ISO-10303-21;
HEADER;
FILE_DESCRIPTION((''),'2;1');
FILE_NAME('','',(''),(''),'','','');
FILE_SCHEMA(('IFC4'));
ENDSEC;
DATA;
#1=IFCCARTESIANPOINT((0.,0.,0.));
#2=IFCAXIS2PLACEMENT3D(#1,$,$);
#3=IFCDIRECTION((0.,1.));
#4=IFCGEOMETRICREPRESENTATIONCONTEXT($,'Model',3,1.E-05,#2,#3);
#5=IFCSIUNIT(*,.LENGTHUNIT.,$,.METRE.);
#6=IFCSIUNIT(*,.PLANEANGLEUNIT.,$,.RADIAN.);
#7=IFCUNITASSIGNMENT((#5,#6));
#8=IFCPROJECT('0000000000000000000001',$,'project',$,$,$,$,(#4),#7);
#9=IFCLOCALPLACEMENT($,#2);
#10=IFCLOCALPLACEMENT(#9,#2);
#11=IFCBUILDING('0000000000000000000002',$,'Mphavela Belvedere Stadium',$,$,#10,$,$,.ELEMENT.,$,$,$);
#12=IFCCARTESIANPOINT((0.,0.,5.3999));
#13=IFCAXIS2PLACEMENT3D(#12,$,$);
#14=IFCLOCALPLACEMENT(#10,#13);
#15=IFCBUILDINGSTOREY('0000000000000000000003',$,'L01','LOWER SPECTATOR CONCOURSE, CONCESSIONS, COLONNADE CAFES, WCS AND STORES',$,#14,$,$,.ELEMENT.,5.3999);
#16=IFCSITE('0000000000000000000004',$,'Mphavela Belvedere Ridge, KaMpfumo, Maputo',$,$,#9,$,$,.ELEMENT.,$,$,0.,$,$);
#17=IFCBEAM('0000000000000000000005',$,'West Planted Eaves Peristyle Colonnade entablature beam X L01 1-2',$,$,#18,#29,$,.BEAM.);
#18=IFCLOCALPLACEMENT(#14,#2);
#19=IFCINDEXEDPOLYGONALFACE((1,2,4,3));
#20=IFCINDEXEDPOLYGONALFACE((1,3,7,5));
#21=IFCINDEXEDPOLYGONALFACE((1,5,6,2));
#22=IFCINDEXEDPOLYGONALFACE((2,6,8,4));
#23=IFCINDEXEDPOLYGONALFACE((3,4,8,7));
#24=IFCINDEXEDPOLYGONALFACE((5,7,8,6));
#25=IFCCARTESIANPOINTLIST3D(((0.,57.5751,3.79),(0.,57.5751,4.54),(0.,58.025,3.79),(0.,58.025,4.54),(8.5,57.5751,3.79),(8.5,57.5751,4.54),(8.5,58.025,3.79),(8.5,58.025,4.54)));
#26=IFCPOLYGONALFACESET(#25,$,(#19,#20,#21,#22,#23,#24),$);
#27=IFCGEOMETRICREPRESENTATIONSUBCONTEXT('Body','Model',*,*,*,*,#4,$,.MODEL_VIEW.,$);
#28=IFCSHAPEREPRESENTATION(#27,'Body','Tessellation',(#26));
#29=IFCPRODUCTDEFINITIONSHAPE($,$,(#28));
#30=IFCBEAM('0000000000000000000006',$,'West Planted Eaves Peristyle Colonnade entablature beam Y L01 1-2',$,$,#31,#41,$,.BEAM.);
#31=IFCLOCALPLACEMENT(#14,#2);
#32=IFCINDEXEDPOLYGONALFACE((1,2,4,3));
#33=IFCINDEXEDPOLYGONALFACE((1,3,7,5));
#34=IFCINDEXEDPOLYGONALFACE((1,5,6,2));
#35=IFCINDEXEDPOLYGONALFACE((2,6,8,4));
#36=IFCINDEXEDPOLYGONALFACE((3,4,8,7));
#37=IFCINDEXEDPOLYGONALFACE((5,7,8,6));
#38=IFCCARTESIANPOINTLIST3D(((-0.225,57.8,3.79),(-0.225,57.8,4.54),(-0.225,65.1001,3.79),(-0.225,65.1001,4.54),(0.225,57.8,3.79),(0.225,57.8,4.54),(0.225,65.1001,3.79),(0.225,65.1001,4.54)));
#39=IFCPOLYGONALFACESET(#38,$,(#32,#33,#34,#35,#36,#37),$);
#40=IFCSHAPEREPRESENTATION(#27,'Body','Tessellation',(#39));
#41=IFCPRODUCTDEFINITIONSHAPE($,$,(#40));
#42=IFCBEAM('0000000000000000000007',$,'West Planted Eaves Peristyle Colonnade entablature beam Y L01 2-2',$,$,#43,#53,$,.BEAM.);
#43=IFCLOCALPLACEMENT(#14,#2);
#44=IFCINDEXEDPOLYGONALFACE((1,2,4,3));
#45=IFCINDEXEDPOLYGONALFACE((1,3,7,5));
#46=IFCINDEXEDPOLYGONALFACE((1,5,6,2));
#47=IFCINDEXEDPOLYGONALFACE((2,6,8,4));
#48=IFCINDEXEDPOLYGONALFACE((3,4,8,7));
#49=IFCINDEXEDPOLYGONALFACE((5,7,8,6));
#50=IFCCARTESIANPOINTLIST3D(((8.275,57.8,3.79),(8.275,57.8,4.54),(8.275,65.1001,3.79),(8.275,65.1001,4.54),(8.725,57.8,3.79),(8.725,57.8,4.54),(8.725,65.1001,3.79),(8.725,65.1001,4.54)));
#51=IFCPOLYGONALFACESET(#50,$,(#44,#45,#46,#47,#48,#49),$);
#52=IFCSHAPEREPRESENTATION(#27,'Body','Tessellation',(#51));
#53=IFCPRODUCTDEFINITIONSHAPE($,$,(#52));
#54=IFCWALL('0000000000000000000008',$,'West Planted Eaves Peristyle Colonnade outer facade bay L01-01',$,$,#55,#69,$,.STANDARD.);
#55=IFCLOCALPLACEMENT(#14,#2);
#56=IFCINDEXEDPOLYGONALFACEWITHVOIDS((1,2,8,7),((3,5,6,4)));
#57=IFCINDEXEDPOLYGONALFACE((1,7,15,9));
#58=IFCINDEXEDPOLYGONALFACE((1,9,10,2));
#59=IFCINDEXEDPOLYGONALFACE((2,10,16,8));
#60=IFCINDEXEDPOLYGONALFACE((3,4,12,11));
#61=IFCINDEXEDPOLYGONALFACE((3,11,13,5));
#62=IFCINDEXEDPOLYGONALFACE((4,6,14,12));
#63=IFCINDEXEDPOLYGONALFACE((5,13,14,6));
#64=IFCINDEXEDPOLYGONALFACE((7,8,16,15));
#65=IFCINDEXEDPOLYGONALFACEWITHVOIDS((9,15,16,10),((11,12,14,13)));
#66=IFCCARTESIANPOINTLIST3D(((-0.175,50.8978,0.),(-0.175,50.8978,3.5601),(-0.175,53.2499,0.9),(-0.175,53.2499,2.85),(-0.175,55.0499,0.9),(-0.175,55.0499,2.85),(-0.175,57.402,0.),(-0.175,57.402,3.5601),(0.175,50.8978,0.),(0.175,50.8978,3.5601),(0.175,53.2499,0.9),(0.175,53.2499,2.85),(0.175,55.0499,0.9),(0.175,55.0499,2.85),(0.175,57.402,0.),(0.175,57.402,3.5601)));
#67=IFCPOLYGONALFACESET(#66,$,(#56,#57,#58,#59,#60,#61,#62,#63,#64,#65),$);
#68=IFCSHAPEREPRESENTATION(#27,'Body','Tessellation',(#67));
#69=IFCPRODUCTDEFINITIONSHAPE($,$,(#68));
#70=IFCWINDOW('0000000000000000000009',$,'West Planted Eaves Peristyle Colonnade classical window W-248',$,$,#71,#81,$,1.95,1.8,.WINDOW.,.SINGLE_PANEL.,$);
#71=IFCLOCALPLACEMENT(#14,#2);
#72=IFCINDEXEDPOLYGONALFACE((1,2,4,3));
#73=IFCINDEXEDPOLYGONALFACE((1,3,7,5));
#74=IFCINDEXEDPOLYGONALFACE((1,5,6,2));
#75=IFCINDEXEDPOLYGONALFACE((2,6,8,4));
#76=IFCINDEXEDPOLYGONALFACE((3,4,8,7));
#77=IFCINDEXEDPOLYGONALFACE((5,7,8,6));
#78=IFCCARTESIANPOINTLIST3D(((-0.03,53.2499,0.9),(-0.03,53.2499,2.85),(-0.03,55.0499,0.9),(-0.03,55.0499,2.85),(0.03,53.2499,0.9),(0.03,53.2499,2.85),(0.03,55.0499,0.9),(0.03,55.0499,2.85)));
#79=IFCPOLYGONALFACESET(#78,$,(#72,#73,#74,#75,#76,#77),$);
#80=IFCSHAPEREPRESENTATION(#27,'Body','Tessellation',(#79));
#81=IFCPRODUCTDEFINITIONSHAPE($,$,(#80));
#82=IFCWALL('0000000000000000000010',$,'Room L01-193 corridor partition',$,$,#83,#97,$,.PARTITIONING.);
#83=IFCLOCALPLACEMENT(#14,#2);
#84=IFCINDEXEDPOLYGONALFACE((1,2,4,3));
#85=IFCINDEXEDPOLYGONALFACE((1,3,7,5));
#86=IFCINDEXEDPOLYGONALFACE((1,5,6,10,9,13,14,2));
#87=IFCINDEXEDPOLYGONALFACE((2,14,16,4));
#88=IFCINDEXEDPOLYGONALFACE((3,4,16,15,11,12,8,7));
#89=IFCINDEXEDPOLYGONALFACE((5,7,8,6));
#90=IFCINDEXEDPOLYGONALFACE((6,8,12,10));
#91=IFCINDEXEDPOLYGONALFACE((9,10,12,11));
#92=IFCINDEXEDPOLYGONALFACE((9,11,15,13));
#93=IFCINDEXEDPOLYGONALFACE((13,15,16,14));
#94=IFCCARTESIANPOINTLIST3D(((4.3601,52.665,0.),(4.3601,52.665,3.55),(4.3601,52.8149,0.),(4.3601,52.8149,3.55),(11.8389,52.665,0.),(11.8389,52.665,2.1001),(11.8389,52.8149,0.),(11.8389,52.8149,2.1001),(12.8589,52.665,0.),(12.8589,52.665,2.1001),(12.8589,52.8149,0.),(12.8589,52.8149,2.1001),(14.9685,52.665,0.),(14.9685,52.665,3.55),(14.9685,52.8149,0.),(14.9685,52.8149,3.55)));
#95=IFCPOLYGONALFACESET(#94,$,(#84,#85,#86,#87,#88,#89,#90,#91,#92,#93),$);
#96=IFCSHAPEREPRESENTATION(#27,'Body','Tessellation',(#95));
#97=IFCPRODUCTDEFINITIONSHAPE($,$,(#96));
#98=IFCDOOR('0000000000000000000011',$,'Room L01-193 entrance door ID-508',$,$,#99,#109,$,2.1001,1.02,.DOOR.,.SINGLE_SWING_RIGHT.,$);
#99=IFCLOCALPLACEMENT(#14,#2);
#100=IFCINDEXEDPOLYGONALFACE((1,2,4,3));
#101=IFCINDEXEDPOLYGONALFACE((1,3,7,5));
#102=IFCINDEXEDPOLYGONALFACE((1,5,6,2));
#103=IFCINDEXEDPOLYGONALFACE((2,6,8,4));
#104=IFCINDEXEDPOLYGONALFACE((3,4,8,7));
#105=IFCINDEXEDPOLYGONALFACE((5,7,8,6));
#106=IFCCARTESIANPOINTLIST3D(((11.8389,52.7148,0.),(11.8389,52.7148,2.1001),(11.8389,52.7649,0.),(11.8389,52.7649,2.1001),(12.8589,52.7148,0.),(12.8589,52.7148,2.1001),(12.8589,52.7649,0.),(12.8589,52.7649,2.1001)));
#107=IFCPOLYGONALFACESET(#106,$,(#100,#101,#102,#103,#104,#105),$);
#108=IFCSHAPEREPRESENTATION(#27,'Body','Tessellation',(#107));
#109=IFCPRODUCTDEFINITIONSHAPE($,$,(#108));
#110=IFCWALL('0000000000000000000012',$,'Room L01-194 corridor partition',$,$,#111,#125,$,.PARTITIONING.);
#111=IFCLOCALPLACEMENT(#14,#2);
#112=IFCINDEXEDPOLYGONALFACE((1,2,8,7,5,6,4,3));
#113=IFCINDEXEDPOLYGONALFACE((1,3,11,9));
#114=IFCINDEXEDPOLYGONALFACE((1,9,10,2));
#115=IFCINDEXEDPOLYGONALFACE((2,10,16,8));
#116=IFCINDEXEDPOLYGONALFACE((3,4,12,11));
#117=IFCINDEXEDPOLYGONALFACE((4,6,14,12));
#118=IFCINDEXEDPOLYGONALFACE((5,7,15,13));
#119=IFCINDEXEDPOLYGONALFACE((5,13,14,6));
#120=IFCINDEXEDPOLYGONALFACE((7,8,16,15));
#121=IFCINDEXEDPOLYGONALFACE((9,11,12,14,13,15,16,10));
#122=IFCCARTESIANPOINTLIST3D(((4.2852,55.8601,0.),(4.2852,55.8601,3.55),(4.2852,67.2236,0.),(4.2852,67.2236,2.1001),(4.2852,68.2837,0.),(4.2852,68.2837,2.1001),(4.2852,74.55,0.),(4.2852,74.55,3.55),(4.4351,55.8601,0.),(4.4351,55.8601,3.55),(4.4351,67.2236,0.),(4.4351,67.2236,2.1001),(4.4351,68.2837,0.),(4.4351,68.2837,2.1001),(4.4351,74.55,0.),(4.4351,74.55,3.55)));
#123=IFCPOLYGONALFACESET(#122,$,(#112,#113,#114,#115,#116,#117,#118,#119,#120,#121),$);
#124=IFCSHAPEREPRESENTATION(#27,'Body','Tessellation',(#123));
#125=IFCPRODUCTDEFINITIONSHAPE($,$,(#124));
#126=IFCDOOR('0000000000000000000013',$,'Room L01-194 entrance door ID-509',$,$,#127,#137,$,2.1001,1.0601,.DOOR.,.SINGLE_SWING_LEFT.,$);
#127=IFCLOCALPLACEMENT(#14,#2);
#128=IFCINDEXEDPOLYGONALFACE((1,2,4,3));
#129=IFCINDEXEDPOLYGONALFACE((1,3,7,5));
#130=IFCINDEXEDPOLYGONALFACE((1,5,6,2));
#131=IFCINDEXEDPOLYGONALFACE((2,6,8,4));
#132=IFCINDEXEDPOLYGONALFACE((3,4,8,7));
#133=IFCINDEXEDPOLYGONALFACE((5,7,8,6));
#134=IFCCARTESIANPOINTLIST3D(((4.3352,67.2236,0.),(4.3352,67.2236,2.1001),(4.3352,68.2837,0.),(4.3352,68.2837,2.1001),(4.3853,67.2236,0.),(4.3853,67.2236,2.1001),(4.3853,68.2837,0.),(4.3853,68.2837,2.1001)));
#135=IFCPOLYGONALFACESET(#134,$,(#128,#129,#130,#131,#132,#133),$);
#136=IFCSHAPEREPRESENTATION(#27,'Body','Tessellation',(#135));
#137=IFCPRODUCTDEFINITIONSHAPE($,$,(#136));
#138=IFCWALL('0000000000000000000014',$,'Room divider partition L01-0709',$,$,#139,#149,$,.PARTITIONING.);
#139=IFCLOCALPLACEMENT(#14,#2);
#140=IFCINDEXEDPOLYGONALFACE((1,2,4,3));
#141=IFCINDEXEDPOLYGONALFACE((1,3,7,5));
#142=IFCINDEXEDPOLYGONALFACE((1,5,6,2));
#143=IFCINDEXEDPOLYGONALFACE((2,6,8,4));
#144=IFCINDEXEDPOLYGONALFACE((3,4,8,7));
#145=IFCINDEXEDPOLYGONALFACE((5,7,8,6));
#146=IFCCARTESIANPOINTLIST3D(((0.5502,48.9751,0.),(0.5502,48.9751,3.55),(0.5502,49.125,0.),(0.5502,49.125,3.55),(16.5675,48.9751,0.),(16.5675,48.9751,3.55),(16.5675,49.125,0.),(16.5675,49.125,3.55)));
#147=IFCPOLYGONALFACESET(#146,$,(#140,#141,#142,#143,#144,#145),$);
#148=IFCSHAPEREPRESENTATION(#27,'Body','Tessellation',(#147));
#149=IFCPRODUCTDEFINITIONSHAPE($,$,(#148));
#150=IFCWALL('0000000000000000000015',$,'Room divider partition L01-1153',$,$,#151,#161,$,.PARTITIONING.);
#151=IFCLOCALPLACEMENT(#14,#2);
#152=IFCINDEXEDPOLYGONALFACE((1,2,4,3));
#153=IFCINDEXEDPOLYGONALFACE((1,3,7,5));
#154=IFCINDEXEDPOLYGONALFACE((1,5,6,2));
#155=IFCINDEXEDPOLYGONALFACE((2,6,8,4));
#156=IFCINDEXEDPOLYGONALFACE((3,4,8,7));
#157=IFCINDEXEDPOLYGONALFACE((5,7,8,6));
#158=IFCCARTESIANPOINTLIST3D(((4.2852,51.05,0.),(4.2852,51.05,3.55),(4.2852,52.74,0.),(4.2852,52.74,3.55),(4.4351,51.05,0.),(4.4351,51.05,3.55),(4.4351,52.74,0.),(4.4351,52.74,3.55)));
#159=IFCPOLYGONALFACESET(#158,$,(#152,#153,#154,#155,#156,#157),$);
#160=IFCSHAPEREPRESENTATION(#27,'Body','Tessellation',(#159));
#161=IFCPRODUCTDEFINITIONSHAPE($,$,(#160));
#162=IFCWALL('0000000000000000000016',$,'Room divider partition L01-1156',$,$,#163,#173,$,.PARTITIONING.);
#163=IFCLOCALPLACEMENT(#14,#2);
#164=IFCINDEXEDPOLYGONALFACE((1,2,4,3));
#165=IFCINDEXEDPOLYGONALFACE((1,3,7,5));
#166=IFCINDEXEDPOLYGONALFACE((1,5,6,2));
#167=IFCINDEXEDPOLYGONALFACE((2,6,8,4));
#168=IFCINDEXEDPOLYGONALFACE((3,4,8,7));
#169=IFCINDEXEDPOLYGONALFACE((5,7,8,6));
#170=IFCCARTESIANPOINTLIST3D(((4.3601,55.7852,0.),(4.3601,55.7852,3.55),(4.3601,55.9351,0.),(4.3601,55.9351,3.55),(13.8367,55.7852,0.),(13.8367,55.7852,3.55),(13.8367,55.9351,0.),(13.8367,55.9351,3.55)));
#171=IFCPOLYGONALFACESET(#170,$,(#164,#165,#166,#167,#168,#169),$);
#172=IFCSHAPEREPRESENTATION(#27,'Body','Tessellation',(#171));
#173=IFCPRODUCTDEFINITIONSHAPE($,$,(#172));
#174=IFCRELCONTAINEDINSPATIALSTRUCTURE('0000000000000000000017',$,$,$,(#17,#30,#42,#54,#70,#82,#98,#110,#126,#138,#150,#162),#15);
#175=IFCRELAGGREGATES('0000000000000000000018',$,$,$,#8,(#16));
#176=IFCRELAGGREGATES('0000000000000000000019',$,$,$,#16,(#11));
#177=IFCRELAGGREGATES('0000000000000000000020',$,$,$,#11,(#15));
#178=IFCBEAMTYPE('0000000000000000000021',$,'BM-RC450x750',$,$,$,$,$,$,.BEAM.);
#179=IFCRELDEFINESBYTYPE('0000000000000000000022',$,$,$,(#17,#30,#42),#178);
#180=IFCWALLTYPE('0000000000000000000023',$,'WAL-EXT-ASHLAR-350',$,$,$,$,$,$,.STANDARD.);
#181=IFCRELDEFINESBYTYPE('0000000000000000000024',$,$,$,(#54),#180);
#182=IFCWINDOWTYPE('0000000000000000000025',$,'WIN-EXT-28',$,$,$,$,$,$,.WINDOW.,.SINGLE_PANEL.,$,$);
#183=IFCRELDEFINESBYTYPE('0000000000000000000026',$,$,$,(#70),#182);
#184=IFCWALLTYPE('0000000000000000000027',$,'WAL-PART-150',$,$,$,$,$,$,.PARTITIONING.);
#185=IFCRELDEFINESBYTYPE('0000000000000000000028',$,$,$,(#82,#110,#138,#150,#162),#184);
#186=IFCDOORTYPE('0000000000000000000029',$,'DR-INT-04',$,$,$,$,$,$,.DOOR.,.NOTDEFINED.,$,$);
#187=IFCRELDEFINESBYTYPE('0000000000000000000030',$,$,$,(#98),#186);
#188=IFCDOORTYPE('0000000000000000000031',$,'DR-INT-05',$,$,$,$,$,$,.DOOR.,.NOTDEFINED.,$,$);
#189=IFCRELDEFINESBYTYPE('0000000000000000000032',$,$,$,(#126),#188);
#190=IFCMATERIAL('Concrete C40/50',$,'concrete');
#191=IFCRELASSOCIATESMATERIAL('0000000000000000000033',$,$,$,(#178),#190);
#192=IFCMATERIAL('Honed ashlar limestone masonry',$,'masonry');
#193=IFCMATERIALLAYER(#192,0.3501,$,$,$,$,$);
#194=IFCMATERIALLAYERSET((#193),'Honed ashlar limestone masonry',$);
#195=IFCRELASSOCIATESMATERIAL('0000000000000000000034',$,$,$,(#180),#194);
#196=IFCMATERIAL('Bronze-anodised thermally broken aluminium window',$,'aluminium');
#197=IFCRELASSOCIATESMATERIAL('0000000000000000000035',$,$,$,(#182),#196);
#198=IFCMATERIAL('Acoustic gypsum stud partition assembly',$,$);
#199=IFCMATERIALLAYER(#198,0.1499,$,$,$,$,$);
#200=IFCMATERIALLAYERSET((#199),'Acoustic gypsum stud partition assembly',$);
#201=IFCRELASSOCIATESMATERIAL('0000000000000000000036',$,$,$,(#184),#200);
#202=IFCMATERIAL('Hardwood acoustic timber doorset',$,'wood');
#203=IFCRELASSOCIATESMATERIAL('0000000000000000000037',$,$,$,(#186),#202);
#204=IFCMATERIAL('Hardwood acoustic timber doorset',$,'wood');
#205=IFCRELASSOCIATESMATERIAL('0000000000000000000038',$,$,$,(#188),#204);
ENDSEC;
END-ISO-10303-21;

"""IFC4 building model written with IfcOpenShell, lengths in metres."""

from ifc_helpers import new_model, si_unit, direction, frame, frame_2d, origin, origin_2d, place, context, subcontext, project, spatial, rectangle, extrude, material, layer, layer_set, material_profile, profile_set, type_object, element, fill, save


model = new_model("IFC4")

# Units and contexts
model_context = context("Model", 3, precision=1e-05, world=origin(), true_north=direction((0.0, 1.0)))
body_context = subcontext(model_context, "Body", "Model", "MODEL_VIEW")
ifc_project = project(units=[si_unit("LENGTHUNIT", "METRE"), si_unit("PLANEANGLEUNIT", "RADIAN")], contexts=[model_context])

# Site, building, storey
site_placement = place(None, origin())
site = spatial("IfcSite", under=ifc_project, at=site_placement, Name="Mphavela Belvedere Ridge, KaMpfumo, Maputo", CompositionType="ELEMENT", RefElevation=0.0)
building_placement = place(site_placement, origin())
building = spatial("IfcBuilding", under=site, at=building_placement, Name="Mphavela Belvedere Stadium", CompositionType="ELEMENT")
storey_placement = place(building_placement, frame((0.0, 0.0, 5.3999)))
storey = spatial("IfcBuildingStorey", under=building, at=storey_placement, Name="L01", Description="LOWER SPECTATOR CONCOURSE, CONCESSIONS, COLONNADE CAFES, WCS AND STORES", CompositionType="ELEMENT", Elevation=5.3999)

# Beams
ifc_material_1 = material(Name="Concrete C40/50", Category="concrete")
ifc_material_profile_1 = material_profile(ifc_material_1, rectangle(XDim=0.45, YDim=0.75, at=origin_2d()), Name="RC 450x750")
ifc_profile_set_1 = profile_set([ifc_material_profile_1], Name="Concrete C40/50")
beam_type = type_object("IfcBeamType", Name="BM-RC450x750", PredefinedType="BEAM", material=ifc_profile_set_1)
beam_1_placement = place(storey_placement, frame((0.0, 57.8, 4.165), z_axis=(1.0, 0.0, 0.0), x_axis=(0.0, 1.0, 0.0)))
element("IfcBeam", 1, at=beam_1_placement, inside=storey, type_object=beam_type, Name="West Planted Eaves Peristyle Colonnade entablature beam X L01 1-2", PredefinedType="BEAM", context=body_context, shape_type="SweptSolid", body=[
    extrude(rectangle(XDim=0.45, YDim=0.75, at=origin_2d()), origin(), (0.0, 0.0, 1.0), 8.5),
])
for number, where, z_axis, x_axis, name in (
    (2, (0.0, 57.8, 4.165), (0.0, 1.0, 0.0), (-1.0, 0.0, 0.0), "West Planted Eaves Peristyle Colonnade entablature beam Y L01 1-2"),
    (3, (8.5, 57.8, 4.165), (0.0, 1.0, 0.0), (-1.0, 0.0, 0.0), "West Planted Eaves Peristyle Colonnade entablature beam Y L01 2-2"),
):
    element("IfcBeam", number, at=place(storey_placement, frame(where, z_axis=z_axis, x_axis=x_axis)), inside=storey, type_object=beam_type, Name=name, PredefinedType="BEAM", context=body_context, shape_type="SweptSolid", body=[
        extrude(rectangle(XDim=0.45, YDim=0.75, at=origin_2d()), origin(), (0.0, 0.0, 1.0), 7.3),
    ])

# Wall, opening, window
ifc_material_2 = material(Name="Honed ashlar limestone masonry", Category="masonry")
ifc_layer_1 = layer(ifc_material_2, 0.3501)
ifc_layer_set_1 = layer_set([ifc_layer_1], Name="Honed ashlar limestone masonry")
wall_type_1 = type_object("IfcWallType", Name="WAL-EXT-ASHLAR-350", PredefinedType="STANDARD", material=ifc_layer_set_1)
wall_1_placement = place(storey_placement, frame((0.0, 50.8979, 0.0), z_axis=(0.0, 0.0, 1.0), x_axis=(0.0, 1.0, 0.0)))
wall_1 = element("IfcWall", 4, at=wall_1_placement, inside=storey, type_object=wall_type_1, Name="West Planted Eaves Peristyle Colonnade outer facade bay L01-01", PredefinedType="STANDARD", context=body_context, shape_type="SweptSolid", body=[
    extrude(rectangle(XDim=6.5042, YDim=0.3501, at=frame_2d((3.252, 0.0))), origin(), (0.0, 0.0, 1.0), 3.5601),
])
opening_1_placement = place(wall_1_placement, frame((2.3521, 0.0, 0.8999)))
opening_1 = element("IfcOpeningElement", 5, at=opening_1_placement, cuts=wall_1, PredefinedType="OPENING", context=body_context, shape_type="SweptSolid", body=[
    extrude(rectangle(XDim=1.8, YDim=1.95, at=frame_2d((0.8999, 0.9751))), frame((0.0, 0.1851, 0.0), z_axis=(0.0, -1.0, 0.0), x_axis=(1.0, 0.0, 0.0)), (0.0, 0.0, 1.0), 0.3701),
])
ifc_material_3 = material(Name="Bronze-anodised thermally broken aluminium window", Category="aluminium")
window_type = type_object("IfcWindowType", Name="WIN-EXT-28", PartitioningType="SINGLE_PANEL", PredefinedType="WINDOW", material=ifc_material_3)
window_placement = place(opening_1_placement, origin())
window = element("IfcWindow", 6, at=window_placement, inside=storey, type_object=window_type, Name="West Planted Eaves Peristyle Colonnade classical window W-248", OverallHeight=1.95, OverallWidth=1.8, PartitioningType="SINGLE_PANEL", PredefinedType="WINDOW", context=body_context, shape_type="SweptSolid", body=[
    extrude(rectangle(XDim=1.8, YDim=1.95, at=frame_2d((0.8999, 0.9751))), frame((0.0, 0.03, 0.0), z_axis=(0.0, -1.0, 0.0), x_axis=(1.0, 0.0, 0.0)), (0.0, 0.0, 1.0), 0.0601),
])
fill(opening_1, window)

# Walls, openings, doors
ifc_material_4 = material(Name="Acoustic gypsum stud partition assembly")
ifc_layer_2 = layer(ifc_material_4, 0.1499)
ifc_layer_set_2 = layer_set([ifc_layer_2], Name="Acoustic gypsum stud partition assembly")
wall_type_2 = type_object("IfcWallType", Name="WAL-PART-150", PredefinedType="PARTITIONING", material=ifc_layer_set_2)
wall_2_placement = place(storey_placement, frame((4.3601, 52.74, 0.0), z_axis=(0.0, 0.0, 1.0), x_axis=(1.0, 0.0, 0.0)))
wall_2 = element("IfcWall", 7, at=wall_2_placement, inside=storey, type_object=wall_type_2, Name="Room L01-193 corridor partition", PredefinedType="PARTITIONING", context=body_context, shape_type="SweptSolid", body=[
    extrude(rectangle(XDim=10.6084, YDim=0.1499, at=frame_2d((5.3042, 0.0))), origin(), (0.0, 0.0, 1.0), 3.55),
])
opening_2_placement = place(wall_2_placement, frame((7.4788, 0.0, 0.0)))
opening_2 = element("IfcOpeningElement", 8, at=opening_2_placement, cuts=wall_2, PredefinedType="OPENING", context=body_context, shape_type="SweptSolid", body=[
    extrude(rectangle(XDim=1.02, YDim=2.1001, at=frame_2d((0.51, 1.05))), frame((0.0, 0.085, 0.0), z_axis=(0.0, -1.0, 0.0), x_axis=(1.0, 0.0, 0.0)), (0.0, 0.0, 1.0), 0.1699),
])
ifc_material_5 = material(Name="Hardwood acoustic timber doorset", Category="wood")
door_type_1 = type_object("IfcDoorType", Name="DR-INT-04", OperationType="NOTDEFINED", PredefinedType="DOOR", material=ifc_material_5)
door_1_placement = place(opening_2_placement, origin())
door_1 = element("IfcDoor", 9, at=door_1_placement, inside=storey, type_object=door_type_1, Name="Room L01-193 entrance door ID-508", OperationType="SINGLE_SWING_RIGHT", OverallHeight=2.1001, OverallWidth=1.02, PredefinedType="DOOR", context=body_context, shape_type="SweptSolid", body=[
    extrude(rectangle(XDim=1.02, YDim=2.1001, at=frame_2d((0.51, 1.05))), frame((0.0, 0.0249, 0.0), z_axis=(0.0, -1.0, 0.0), x_axis=(1.0, 0.0, 0.0)), (0.0, 0.0, 1.0), 0.05),
])
fill(opening_2, door_1)
wall_3_placement = place(storey_placement, frame((4.3601, 55.8601, 0.0), z_axis=(0.0, 0.0, 1.0), x_axis=(0.0, 1.0, 0.0)))
wall_3 = element("IfcWall", 10, at=wall_3_placement, inside=storey, type_object=wall_type_2, Name="Room L01-194 corridor partition", PredefinedType="PARTITIONING", context=body_context, shape_type="SweptSolid", body=[
    extrude(rectangle(XDim=18.6899, YDim=0.1499, at=frame_2d((9.345, 0.0))), origin(), (0.0, 0.0, 1.0), 3.55),
])
opening_3_placement = place(wall_3_placement, frame((11.3635, 0.0, 0.0)))
opening_3 = element("IfcOpeningElement", 11, at=opening_3_placement, cuts=wall_3, PredefinedType="OPENING", context=body_context, shape_type="SweptSolid", body=[
    extrude(rectangle(XDim=1.0601, YDim=2.1001, at=frame_2d((0.53, 1.05))), frame((0.0, 0.085, 0.0), z_axis=(0.0, -1.0, 0.0), x_axis=(1.0, 0.0, 0.0)), (0.0, 0.0, 1.0), 0.1699),
])
ifc_material_6 = material(Name="Hardwood acoustic timber doorset", Category="wood")
door_type_2 = type_object("IfcDoorType", Name="DR-INT-05", OperationType="NOTDEFINED", PredefinedType="DOOR", material=ifc_material_6)
door_2_placement = place(opening_3_placement, origin())
door_2 = element("IfcDoor", 12, at=door_2_placement, inside=storey, type_object=door_type_2, Name="Room L01-194 entrance door ID-509", OperationType="SINGLE_SWING_LEFT", OverallHeight=2.1001, OverallWidth=1.0601, PredefinedType="DOOR", context=body_context, shape_type="SweptSolid", body=[
    extrude(rectangle(XDim=1.0601, YDim=2.1001, at=frame_2d((0.53, 1.05))), frame((0.0, 0.0249, 0.0), z_axis=(0.0, -1.0, 0.0), x_axis=(1.0, 0.0, 0.0)), (0.0, 0.0, 1.0), 0.05),
])
fill(opening_3, door_2)

# Walls
wall_4_placement = place(storey_placement, frame((0.55, 49.05, 0.0), z_axis=(0.0, 0.0, 1.0), x_axis=(1.0, 0.0, 0.0)))
element("IfcWall", 13, at=wall_4_placement, inside=storey, type_object=wall_type_2, Name="Room divider partition L01-0709", PredefinedType="PARTITIONING", context=body_context, shape_type="SweptSolid", body=[
    extrude(rectangle(XDim=16.0173, YDim=0.1499, at=frame_2d((8.0088, 0.0))), origin(), (0.0, 0.0, 1.0), 3.55),
])
wall_5_placement = place(storey_placement, frame((4.3601, 51.05, 0.0), z_axis=(0.0, 0.0, 1.0), x_axis=(0.0, 1.0, 0.0)))
element("IfcWall", 14, at=wall_5_placement, inside=storey, type_object=wall_type_2, Name="Room divider partition L01-1153", PredefinedType="PARTITIONING", context=body_context, shape_type="SweptSolid", body=[
    extrude(rectangle(XDim=1.6899, YDim=0.1499, at=frame_2d((0.845, 0.0))), origin(), (0.0, 0.0, 1.0), 3.55),
])
wall_6_placement = place(storey_placement, frame((13.8367, 55.8601, 0.0), z_axis=(0.0, 0.0, 1.0), x_axis=(-1.0, 0.0, 0.0)))
element("IfcWall", 15, at=wall_6_placement, inside=storey, type_object=wall_type_2, Name="Room divider partition L01-1156", PredefinedType="PARTITIONING", context=body_context, shape_type="SweptSolid", body=[
    extrude(rectangle(XDim=9.4766, YDim=0.1499, at=frame_2d((4.7383, 0.0))), origin(), (0.0, 0.0, 1.0), 3.55),
])

save(model, "model.ifc")
